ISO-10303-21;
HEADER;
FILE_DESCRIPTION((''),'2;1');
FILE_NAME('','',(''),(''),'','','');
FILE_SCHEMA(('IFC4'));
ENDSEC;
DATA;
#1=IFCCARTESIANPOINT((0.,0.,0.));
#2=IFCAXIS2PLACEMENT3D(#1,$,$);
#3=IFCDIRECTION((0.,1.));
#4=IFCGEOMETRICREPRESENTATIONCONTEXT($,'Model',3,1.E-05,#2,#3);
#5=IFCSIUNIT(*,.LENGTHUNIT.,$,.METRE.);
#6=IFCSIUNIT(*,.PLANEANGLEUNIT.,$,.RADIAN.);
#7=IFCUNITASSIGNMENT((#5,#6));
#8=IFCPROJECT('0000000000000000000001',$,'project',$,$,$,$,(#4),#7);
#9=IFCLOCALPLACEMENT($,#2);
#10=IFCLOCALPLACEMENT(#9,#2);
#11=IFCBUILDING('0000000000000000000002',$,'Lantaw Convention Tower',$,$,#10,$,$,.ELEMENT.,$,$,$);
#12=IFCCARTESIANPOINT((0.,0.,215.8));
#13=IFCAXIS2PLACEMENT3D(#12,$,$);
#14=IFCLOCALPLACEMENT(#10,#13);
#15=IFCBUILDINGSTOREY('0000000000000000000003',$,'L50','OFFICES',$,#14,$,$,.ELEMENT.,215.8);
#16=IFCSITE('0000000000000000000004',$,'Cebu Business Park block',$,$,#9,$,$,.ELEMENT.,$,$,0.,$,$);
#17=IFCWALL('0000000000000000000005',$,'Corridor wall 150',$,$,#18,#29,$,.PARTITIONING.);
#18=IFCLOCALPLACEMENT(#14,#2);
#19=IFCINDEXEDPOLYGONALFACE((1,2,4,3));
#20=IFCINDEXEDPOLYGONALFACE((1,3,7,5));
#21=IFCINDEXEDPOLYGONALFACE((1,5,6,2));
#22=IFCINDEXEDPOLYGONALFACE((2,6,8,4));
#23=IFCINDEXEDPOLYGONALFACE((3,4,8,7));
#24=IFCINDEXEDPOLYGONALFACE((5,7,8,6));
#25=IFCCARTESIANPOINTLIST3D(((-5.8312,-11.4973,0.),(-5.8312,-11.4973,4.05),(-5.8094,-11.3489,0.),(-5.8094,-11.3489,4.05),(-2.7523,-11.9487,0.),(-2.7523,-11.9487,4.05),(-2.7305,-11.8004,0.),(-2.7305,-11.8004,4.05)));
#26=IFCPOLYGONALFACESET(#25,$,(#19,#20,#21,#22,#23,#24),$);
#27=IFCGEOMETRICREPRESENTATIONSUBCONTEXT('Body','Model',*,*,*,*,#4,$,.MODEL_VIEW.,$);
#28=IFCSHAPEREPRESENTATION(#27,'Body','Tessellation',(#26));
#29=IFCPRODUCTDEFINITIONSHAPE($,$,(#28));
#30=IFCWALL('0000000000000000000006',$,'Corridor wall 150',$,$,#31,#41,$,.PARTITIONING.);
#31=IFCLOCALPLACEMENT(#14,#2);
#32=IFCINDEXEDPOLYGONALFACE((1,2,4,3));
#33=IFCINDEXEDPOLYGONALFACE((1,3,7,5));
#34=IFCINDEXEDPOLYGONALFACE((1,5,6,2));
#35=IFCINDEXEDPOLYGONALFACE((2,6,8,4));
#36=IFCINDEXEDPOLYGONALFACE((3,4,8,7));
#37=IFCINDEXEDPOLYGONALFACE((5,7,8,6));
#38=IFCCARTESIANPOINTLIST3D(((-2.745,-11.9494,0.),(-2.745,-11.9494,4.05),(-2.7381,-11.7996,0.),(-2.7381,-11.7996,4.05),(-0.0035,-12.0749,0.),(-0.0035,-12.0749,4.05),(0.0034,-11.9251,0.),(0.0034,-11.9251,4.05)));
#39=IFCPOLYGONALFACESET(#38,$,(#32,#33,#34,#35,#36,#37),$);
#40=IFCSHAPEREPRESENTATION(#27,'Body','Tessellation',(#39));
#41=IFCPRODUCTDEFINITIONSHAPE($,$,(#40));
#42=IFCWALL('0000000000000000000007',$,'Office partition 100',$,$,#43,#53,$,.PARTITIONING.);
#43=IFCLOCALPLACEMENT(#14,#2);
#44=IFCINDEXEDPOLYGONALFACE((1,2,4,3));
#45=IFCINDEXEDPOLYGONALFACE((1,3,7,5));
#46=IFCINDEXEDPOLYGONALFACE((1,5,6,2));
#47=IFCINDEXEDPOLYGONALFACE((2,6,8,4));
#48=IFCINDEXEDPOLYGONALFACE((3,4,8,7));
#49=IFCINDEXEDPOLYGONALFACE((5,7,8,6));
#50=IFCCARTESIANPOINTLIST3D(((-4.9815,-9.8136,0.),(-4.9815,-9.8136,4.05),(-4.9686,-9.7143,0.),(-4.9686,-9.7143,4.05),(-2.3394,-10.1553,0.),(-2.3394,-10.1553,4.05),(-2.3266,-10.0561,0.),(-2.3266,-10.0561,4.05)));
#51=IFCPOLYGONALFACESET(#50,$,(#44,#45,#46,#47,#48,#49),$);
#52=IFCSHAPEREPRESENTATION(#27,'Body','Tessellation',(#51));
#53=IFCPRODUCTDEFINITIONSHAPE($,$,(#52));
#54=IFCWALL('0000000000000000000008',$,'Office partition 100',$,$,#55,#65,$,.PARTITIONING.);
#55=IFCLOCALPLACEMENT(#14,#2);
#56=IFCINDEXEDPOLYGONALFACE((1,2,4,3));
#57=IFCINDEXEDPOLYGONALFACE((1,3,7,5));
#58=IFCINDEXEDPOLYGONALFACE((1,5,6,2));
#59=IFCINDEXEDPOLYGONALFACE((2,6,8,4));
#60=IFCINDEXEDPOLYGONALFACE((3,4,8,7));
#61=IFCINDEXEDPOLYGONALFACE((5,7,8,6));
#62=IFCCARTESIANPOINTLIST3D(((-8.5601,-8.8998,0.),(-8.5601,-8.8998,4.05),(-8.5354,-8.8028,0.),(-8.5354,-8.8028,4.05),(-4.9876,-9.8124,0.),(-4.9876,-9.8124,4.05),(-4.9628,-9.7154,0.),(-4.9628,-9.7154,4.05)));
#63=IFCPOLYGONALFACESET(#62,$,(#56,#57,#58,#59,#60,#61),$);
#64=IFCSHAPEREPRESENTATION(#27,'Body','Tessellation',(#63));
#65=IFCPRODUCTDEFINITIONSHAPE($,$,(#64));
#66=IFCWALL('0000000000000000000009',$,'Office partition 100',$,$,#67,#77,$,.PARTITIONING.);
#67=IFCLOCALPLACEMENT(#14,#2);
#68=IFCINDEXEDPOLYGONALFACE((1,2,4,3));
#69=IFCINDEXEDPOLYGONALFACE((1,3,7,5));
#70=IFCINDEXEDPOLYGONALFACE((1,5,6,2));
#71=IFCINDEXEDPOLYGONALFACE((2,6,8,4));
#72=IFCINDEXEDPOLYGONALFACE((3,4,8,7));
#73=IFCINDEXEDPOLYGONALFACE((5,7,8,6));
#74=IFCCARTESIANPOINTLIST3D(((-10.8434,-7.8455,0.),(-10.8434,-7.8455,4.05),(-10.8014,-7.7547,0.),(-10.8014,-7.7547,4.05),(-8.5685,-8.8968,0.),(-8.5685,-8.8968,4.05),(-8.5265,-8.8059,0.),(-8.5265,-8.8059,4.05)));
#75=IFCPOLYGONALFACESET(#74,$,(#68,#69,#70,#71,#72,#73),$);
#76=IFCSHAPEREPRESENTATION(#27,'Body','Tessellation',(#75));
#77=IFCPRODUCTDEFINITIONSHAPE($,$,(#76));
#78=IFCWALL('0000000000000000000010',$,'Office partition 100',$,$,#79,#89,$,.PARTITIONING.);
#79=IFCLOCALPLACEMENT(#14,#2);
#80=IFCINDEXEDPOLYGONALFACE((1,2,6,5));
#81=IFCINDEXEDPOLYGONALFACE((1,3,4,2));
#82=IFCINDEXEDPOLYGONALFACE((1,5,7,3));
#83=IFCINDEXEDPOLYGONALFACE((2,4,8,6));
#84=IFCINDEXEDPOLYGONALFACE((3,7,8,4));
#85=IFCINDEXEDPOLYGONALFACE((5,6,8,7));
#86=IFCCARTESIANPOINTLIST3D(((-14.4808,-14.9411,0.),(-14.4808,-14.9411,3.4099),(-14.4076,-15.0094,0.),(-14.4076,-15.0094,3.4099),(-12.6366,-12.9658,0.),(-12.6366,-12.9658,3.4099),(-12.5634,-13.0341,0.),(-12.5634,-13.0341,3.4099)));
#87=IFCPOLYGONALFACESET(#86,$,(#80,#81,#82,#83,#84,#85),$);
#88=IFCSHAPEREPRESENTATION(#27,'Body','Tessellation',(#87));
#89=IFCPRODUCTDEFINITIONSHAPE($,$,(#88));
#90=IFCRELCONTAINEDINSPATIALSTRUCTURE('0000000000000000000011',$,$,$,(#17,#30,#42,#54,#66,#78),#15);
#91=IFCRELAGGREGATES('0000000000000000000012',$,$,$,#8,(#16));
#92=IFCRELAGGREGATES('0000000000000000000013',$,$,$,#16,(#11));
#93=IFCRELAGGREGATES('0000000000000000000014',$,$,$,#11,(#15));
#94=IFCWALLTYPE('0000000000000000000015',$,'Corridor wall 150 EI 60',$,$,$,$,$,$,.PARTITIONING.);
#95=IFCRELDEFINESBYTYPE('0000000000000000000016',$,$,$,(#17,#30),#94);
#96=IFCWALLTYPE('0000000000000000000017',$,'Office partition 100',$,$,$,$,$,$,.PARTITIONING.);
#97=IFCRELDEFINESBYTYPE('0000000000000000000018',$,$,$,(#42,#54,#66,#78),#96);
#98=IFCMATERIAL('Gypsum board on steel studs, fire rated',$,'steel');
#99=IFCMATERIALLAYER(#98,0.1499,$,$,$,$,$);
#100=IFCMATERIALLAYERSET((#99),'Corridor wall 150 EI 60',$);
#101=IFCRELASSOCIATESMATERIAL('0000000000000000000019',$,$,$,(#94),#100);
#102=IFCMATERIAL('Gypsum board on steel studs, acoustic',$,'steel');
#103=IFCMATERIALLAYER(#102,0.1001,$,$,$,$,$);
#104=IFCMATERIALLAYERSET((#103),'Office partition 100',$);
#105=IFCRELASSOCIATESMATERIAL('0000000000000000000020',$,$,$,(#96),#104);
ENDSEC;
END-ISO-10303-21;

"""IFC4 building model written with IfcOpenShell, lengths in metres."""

from ifc_helpers import new_model, si_unit, direction, frame, frame_2d, origin, place, context, subcontext, project, spatial, rectangle, extrude, material, layer, layer_set, type_object, element, save


model = new_model("IFC4")

# Units and contexts
model_context = context("Model", 3, precision=1e-05, world=origin(), true_north=direction((0.0, 1.0)))
body_context = subcontext(model_context, "Body", "Model", "MODEL_VIEW")
ifc_project = project(units=[si_unit("LENGTHUNIT", "METRE"), si_unit("PLANEANGLEUNIT", "RADIAN")], contexts=[model_context])

# Site, building, storey
site_placement = place(None, origin())
site = spatial("IfcSite", under=ifc_project, at=site_placement, Name="Cebu Business Park block", CompositionType="ELEMENT", RefElevation=0.0)
building_placement = place(site_placement, origin())
building = spatial("IfcBuilding", under=site, at=building_placement, Name="Lantaw Convention Tower", CompositionType="ELEMENT")
storey_placement = place(building_placement, frame((0.0, 0.0, 215.8)))
storey = spatial("IfcBuildingStorey", under=building, at=storey_placement, Name="L50", Description="OFFICES", CompositionType="ELEMENT", Elevation=215.8)

# Shared definitions
ifc_material_1 = material(Name="Gypsum board on steel studs, fire rated", Category="steel")
ifc_layer_1 = layer(ifc_material_1, 0.1499)
ifc_layer_set_1 = layer_set([ifc_layer_1], Name="Corridor wall 150 EI 60")
wall_type_1 = type_object("IfcWallType", Name="Corridor wall 150 EI 60", PredefinedType="PARTITIONING", material=ifc_layer_set_1)

# Walls
wall_1_placement = place(storey_placement, frame((-5.8203, -11.4231, 0.0), z_axis=(0.0, 0.0, 1.0), x_axis=(0.989422, -0.145067, 0.0)))
element("IfcWall", 1, at=wall_1_placement, inside=storey, type_object=wall_type_1, Name="Corridor wall 150", PredefinedType="PARTITIONING", context=body_context, shape_type="SweptSolid", body=[
    extrude(rectangle(XDim=3.1118, YDim=0.1499, at=frame_2d((1.5559, 0.0))), origin(), (0.0, 0.0, 1.0), 4.05),
])
wall_2_placement = place(storey_placement, frame((-2.7415, -11.8745, 0.0), z_axis=(0.0, 0.0, 1.0), x_axis=(0.998954, -0.045726, 0.0)))
element("IfcWall", 2, at=wall_2_placement, inside=storey, type_object=wall_type_1, Name="Corridor wall 150", PredefinedType="PARTITIONING", context=body_context, shape_type="SweptSolid", body=[
    extrude(rectangle(XDim=2.7444, YDim=0.1499, at=frame_2d((1.3721, 0.0))), origin(), (0.0, 0.0, 1.0), 4.05),
])
ifc_material_2 = material(Name="Gypsum board on steel studs, acoustic", Category="steel")
ifc_layer_2 = layer(ifc_material_2, 0.1001)
ifc_layer_set_2 = layer_set([ifc_layer_2], Name="Office partition 100")
wall_type_2 = type_object("IfcWallType", Name="Office partition 100", PredefinedType="PARTITIONING", material=ifc_layer_set_2)
wall_3_placement = place(storey_placement, frame((-2.333, -10.1057, 0.0), z_axis=(0.0, 0.0, 1.0), x_axis=(-0.991736, 0.128297, 0.0)))
element("IfcWall", 3, at=wall_3_placement, inside=storey, type_object=wall_type_2, Name="Office partition 100", PredefinedType="PARTITIONING", context=body_context, shape_type="SweptSolid", body=[
    extrude(rectangle(XDim=2.6641, YDim=0.1001, at=frame_2d((1.332, 0.0))), origin(), (0.0, 0.0, 1.0), 4.05),
])
wall_4_placement = place(storey_placement, frame((-4.9751, -9.7639, 0.0), z_axis=(0.0, 0.0, 1.0), x_axis=(-0.968887, 0.247502, 0.0)))
element("IfcWall", 4, at=wall_4_placement, inside=storey, type_object=wall_type_2, Name="Office partition 100", PredefinedType="PARTITIONING", context=body_context, shape_type="SweptSolid", body=[
    extrude(rectangle(XDim=3.6873, YDim=0.1001, at=frame_2d((1.8438, 0.0))), origin(), (0.0, 0.0, 1.0), 4.05),
])
wall_5_placement = place(storey_placement, frame((-8.5476, -8.8513, 0.0), z_axis=(0.0, 0.0, 1.0), x_axis=(-0.90776, 0.419491, 0.0)))
element("IfcWall", 5, at=wall_5_placement, inside=storey, type_object=wall_type_2, Name="Office partition 100", PredefinedType="PARTITIONING", context=body_context, shape_type="SweptSolid", body=[
    extrude(rectangle(XDim=2.5061, YDim=0.1001, at=frame_2d((1.2529, 0.0))), origin(), (0.0, 0.0, 1.0), 4.05),
])
wall_6_placement = place(storey_placement, frame((-12.6001, -13.0, 0.0), z_axis=(0.0, 0.0, 1.0), x_axis=(-0.682434, -0.730947, 0.0)))
element("IfcWall", 6, at=wall_6_placement, inside=storey, type_object=wall_type_2, Name="Office partition 100", PredefinedType="PARTITIONING", context=body_context, shape_type="SweptSolid", body=[
    extrude(rectangle(XDim=2.7024, YDim=0.1001, at=frame_2d((1.3511, 0.0))), origin(), (0.0, 0.0, 1.0), 3.4099),
])

save(model, "model.ifc")
